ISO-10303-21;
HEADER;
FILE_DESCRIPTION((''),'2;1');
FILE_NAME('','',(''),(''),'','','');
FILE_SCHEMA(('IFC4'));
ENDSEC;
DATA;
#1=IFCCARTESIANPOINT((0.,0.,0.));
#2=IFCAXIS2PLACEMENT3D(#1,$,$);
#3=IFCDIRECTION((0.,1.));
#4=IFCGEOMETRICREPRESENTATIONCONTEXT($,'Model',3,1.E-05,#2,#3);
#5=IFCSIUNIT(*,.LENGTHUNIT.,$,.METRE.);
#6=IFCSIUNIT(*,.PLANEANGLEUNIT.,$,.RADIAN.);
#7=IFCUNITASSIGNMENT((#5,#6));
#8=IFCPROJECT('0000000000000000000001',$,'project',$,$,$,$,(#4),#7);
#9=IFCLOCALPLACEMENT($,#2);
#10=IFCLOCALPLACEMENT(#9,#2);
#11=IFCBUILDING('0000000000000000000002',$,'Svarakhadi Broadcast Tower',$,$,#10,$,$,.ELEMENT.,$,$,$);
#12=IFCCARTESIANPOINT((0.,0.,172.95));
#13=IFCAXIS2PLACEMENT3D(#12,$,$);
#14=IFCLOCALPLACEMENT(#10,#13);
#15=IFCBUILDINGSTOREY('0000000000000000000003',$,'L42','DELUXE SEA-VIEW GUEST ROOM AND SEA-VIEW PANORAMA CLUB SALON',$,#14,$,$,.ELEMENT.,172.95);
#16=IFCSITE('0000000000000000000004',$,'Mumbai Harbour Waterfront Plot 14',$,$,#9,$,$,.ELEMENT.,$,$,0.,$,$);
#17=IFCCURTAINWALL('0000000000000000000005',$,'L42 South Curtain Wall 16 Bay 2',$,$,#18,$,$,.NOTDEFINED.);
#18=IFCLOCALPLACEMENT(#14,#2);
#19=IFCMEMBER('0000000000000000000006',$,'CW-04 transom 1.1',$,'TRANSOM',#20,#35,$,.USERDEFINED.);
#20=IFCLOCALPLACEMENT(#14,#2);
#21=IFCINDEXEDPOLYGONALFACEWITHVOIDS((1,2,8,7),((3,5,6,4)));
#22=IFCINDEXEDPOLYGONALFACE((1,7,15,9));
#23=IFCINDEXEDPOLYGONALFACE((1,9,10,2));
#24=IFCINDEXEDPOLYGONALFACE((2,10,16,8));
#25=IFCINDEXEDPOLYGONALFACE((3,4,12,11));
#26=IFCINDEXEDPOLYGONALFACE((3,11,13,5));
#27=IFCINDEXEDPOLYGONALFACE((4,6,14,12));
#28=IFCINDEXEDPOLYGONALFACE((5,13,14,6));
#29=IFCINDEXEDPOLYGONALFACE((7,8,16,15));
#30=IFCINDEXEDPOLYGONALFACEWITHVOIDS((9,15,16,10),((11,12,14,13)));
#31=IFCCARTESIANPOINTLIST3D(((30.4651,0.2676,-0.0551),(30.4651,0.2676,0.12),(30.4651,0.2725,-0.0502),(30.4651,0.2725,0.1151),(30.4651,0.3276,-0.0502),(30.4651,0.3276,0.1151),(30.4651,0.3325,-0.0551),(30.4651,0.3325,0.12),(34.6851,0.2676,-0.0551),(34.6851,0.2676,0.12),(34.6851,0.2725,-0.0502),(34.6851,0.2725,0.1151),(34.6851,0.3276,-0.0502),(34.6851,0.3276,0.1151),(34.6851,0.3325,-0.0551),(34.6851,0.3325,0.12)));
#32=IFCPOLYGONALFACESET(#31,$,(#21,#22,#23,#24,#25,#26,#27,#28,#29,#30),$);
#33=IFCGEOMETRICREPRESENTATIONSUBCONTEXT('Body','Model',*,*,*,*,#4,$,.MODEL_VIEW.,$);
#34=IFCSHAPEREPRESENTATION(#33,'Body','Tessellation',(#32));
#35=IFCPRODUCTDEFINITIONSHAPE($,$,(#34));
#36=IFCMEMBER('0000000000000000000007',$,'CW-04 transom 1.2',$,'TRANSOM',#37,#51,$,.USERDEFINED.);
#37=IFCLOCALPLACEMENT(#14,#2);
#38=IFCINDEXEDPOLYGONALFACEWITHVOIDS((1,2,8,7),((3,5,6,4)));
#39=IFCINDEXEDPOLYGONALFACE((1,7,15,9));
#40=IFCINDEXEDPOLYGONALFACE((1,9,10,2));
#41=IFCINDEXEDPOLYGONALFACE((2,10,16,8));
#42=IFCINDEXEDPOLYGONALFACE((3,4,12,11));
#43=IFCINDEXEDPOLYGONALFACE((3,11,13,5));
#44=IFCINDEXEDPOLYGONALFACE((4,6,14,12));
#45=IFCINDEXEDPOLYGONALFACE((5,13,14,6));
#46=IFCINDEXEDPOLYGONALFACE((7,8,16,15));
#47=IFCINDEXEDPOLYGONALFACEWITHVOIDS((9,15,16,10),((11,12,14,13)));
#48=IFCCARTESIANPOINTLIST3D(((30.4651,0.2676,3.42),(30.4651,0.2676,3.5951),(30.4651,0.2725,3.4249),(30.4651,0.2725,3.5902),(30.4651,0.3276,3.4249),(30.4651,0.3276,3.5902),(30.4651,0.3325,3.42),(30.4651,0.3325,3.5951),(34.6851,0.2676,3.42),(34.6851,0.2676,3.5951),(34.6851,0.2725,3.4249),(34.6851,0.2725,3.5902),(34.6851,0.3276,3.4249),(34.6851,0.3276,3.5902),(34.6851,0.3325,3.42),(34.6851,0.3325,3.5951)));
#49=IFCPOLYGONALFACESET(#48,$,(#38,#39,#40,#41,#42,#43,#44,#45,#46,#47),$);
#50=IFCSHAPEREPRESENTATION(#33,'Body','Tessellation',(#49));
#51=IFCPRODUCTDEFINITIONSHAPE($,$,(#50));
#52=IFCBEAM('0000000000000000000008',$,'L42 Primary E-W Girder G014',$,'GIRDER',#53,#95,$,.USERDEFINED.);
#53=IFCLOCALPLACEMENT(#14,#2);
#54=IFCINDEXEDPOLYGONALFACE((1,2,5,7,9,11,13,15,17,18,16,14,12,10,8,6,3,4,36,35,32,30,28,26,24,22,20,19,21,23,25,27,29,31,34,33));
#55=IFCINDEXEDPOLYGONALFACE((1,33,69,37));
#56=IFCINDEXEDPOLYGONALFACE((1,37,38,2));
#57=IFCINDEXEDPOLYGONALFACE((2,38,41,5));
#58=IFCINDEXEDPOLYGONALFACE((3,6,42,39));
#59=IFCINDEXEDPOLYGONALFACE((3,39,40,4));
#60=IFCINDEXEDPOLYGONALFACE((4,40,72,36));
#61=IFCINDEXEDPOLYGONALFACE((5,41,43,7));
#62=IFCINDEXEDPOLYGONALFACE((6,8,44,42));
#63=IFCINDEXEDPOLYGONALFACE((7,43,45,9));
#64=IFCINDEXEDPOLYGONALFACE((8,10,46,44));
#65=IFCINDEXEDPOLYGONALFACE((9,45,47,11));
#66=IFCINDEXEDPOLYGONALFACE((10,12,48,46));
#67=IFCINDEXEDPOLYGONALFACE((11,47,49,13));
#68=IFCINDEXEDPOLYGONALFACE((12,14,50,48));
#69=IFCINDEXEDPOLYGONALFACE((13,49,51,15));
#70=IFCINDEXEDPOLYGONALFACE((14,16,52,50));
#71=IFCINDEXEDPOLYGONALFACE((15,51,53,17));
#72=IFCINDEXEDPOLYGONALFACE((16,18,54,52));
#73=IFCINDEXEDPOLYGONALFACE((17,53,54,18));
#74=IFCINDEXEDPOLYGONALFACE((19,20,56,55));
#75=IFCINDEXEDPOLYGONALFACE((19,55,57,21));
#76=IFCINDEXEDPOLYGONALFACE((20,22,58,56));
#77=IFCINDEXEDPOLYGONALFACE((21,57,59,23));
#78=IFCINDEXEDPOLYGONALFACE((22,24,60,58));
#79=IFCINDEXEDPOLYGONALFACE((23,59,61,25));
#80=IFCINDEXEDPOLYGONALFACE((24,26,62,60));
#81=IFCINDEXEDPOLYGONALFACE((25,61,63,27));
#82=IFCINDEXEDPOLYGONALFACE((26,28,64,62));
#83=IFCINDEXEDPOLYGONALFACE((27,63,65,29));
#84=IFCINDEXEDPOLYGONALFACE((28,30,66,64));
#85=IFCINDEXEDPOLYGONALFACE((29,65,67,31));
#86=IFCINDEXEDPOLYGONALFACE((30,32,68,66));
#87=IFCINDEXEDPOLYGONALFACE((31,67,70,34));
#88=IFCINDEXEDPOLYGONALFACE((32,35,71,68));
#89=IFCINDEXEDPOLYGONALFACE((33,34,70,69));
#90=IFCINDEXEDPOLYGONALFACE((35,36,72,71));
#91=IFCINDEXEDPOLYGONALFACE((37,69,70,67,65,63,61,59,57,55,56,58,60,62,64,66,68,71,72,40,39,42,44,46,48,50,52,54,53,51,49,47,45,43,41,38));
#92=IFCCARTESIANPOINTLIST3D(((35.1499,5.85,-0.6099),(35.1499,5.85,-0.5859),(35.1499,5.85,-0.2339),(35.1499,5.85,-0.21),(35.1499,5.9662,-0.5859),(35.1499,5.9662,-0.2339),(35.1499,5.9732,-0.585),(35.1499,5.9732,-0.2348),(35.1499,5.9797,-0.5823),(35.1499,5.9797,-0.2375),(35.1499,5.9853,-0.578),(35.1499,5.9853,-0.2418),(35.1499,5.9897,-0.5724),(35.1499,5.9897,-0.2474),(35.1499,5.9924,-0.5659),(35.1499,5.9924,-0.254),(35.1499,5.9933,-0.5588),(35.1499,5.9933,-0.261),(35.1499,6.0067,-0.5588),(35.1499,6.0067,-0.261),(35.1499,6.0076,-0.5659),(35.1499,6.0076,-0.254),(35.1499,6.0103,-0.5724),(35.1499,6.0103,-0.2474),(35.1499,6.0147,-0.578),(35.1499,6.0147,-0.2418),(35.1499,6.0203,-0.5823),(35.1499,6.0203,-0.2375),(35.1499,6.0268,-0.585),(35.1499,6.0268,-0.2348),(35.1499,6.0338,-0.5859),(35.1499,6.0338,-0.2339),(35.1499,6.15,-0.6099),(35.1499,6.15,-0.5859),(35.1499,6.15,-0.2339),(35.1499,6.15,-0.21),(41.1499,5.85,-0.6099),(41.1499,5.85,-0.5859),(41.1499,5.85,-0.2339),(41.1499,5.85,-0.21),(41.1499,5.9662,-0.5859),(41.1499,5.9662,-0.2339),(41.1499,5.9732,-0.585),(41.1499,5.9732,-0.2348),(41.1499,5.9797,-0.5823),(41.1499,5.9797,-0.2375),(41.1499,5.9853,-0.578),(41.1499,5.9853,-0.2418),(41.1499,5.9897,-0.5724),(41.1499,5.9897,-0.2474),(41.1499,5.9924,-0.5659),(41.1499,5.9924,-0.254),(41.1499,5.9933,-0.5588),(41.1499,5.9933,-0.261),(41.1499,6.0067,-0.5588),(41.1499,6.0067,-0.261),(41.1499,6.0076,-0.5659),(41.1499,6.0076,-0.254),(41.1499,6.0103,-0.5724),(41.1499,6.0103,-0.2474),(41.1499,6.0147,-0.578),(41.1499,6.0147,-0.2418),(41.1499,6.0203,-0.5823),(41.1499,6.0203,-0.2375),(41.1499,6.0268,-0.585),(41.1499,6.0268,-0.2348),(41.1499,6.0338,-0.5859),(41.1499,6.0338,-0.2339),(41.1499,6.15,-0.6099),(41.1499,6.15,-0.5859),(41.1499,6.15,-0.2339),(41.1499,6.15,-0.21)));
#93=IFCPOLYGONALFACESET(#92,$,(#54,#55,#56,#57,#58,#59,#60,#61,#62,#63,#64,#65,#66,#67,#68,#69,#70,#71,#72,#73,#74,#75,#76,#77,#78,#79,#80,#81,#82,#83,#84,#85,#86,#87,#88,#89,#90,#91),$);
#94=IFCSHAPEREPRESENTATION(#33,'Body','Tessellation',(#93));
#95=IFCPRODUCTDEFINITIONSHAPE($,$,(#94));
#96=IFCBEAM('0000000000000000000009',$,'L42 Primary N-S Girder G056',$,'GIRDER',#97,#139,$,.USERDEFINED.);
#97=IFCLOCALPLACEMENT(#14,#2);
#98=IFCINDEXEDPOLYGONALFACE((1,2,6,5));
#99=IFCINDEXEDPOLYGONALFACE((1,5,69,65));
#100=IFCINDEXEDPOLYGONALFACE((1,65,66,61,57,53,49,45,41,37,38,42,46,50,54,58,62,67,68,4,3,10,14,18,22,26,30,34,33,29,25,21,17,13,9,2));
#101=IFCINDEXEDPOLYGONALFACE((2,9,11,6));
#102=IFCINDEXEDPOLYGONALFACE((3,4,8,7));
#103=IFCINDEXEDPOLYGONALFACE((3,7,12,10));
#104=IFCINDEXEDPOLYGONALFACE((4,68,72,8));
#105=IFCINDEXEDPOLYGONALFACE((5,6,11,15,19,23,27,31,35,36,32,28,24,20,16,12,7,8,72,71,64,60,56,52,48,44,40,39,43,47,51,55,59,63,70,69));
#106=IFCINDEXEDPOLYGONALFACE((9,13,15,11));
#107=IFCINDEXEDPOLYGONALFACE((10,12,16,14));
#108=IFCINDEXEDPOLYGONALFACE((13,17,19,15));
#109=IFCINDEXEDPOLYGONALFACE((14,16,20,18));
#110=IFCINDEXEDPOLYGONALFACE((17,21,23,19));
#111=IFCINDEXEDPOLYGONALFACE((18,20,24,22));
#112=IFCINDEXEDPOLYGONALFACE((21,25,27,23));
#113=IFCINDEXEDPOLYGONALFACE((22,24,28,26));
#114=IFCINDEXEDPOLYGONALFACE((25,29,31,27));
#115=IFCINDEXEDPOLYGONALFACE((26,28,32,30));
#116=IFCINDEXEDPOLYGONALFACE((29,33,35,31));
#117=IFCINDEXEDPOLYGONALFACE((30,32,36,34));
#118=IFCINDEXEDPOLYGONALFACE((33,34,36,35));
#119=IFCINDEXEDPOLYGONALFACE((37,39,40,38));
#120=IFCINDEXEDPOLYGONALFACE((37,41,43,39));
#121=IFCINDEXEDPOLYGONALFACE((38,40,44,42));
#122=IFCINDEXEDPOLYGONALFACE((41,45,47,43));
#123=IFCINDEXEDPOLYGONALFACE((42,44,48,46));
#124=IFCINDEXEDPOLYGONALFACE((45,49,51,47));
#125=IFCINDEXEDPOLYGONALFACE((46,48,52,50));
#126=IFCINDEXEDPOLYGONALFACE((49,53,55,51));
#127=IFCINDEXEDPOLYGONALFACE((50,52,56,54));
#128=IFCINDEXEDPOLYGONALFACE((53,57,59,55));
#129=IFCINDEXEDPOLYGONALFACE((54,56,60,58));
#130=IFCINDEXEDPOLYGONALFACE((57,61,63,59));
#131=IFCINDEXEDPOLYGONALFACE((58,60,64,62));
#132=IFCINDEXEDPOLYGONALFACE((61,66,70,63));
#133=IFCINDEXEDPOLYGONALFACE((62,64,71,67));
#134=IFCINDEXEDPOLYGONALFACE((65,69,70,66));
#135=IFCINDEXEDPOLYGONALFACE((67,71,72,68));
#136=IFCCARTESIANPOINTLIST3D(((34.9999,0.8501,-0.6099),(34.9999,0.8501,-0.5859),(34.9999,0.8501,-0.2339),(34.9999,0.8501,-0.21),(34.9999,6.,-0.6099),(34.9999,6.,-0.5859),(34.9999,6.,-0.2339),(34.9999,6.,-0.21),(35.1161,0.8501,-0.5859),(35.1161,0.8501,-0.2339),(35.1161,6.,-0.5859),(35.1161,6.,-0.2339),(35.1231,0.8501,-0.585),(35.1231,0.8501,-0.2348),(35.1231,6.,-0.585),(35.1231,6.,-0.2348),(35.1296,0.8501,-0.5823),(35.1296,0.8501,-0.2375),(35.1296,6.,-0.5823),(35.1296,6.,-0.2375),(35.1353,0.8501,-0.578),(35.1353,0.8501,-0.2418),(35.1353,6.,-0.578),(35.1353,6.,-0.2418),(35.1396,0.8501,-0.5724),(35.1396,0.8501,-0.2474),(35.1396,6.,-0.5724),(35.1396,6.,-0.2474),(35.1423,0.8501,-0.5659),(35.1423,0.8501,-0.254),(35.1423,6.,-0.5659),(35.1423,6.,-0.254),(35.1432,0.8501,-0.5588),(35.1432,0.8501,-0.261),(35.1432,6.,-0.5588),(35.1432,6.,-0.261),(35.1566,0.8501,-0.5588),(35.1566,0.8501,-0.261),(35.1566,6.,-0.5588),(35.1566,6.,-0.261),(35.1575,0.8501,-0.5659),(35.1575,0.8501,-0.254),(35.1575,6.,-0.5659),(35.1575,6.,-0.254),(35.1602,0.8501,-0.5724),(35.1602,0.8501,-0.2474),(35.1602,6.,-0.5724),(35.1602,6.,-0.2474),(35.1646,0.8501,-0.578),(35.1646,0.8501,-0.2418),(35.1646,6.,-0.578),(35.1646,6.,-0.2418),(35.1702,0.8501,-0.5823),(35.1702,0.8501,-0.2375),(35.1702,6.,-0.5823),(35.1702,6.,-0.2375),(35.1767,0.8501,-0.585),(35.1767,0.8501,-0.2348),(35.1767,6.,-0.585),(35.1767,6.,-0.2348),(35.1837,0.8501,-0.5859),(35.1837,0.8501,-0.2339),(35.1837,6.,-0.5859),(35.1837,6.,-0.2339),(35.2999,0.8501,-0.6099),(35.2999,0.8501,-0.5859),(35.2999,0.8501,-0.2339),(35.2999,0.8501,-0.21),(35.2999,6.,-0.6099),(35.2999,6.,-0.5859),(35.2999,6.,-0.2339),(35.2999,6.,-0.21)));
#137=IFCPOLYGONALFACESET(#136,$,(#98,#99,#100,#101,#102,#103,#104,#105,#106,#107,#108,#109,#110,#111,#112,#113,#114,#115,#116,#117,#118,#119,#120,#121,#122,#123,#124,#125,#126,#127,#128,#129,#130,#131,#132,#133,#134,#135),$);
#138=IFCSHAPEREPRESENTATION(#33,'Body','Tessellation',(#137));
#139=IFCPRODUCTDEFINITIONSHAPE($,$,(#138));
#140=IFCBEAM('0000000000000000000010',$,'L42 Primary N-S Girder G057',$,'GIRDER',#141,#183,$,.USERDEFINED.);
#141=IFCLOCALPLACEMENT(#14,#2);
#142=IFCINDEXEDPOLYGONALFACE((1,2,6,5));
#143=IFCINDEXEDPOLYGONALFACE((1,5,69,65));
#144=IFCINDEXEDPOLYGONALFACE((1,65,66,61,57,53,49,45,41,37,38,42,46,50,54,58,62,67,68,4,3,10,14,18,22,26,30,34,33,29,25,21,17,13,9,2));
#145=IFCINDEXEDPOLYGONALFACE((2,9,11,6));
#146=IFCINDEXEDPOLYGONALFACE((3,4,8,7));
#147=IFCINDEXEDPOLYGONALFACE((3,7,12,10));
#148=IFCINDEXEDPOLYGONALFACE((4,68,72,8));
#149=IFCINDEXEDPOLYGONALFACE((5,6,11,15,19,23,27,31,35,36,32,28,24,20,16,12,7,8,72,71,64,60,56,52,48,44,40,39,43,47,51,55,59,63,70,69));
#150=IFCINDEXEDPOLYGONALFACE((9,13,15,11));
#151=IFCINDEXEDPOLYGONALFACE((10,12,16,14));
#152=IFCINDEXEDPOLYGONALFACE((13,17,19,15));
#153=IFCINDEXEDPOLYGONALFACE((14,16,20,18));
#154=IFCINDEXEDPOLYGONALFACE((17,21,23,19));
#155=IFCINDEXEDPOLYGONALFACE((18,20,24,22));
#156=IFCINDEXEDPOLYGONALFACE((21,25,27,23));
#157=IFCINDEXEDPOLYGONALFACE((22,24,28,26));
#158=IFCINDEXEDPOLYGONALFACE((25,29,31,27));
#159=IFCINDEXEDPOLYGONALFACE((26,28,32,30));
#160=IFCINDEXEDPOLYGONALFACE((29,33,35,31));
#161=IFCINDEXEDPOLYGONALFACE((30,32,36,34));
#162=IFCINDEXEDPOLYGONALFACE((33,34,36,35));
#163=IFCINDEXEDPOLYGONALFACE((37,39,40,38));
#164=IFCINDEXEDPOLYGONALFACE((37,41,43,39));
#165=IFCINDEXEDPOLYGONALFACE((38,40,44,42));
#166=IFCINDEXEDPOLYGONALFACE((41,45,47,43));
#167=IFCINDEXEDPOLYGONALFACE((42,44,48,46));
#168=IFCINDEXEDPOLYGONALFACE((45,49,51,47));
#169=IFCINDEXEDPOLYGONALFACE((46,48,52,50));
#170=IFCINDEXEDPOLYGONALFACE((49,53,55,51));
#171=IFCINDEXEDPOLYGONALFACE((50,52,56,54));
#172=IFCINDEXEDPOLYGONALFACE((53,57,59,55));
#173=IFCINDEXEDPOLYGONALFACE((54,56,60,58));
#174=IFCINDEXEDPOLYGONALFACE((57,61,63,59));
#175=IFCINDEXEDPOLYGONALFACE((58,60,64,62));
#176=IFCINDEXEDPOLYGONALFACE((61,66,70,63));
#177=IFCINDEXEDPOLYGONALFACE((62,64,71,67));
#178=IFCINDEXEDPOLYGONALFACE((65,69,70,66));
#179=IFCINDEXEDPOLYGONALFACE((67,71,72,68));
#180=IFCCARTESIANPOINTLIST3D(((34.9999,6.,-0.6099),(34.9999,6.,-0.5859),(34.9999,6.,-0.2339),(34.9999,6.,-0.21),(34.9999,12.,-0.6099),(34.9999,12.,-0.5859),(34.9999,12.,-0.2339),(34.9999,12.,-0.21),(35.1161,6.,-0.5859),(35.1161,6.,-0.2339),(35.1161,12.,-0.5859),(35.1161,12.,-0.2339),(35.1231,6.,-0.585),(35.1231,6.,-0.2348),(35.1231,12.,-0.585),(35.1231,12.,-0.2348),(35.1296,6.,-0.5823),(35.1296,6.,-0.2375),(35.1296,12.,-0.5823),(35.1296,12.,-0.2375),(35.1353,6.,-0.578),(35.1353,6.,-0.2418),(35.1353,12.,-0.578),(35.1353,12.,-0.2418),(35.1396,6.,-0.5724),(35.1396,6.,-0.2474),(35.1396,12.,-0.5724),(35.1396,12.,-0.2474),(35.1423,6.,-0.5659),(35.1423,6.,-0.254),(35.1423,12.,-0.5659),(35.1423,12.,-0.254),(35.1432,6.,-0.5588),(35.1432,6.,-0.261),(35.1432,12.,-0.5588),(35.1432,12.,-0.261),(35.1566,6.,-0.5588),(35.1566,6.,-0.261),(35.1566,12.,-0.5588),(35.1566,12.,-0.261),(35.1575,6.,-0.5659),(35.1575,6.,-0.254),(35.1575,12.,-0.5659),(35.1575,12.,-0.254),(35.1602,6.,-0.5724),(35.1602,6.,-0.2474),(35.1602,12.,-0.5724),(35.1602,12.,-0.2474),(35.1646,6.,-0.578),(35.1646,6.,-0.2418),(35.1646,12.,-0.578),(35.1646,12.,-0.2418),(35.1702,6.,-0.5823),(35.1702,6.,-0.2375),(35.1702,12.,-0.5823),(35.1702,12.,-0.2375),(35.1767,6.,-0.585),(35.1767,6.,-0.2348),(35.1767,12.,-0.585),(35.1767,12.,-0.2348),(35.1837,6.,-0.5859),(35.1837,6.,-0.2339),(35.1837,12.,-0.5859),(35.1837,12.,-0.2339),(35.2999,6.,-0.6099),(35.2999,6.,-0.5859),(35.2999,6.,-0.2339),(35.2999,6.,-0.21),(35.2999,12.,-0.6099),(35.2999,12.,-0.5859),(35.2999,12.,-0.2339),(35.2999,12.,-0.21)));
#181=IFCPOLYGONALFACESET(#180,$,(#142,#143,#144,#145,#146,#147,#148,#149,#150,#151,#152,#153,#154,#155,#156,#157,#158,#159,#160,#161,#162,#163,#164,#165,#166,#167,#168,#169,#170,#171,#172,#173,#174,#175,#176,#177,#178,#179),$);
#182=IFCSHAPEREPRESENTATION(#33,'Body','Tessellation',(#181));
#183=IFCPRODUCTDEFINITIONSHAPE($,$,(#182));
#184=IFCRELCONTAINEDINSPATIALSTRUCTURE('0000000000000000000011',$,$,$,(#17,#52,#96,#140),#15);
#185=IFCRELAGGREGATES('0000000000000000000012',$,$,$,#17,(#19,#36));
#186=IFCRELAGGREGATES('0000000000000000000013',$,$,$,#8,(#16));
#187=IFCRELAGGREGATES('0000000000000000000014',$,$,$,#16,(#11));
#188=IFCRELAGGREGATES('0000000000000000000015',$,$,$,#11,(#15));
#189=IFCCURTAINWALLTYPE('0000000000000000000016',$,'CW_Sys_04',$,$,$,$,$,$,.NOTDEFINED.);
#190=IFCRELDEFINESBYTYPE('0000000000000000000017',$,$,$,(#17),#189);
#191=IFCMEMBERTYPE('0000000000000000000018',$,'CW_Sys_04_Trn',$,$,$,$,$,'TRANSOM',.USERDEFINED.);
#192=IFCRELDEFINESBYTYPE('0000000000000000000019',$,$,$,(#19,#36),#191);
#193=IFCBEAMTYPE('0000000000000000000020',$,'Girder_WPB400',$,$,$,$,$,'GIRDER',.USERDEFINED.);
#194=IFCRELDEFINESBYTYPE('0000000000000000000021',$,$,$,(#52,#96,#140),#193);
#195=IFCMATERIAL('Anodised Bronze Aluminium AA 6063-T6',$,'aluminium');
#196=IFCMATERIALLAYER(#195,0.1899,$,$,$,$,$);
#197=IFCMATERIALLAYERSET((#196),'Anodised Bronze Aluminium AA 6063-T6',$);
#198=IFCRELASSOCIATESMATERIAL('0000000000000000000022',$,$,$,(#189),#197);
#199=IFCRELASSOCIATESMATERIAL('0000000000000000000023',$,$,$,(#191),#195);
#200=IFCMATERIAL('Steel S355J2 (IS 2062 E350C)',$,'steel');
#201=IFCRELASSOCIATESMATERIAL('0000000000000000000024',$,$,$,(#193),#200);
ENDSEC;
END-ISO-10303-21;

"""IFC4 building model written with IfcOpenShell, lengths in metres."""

from ifc_helpers import new_model, si_unit, direction, frame, origin, origin_2d, place, context, subcontext, project, spatial, hollow_rectangle, i_section, extrude, material, layer, layer_set, material_profile, profile_set, type_object, element, aggregate, save


model = new_model("IFC4")

# Units and contexts
model_context = context("Model", 3, precision=1e-05, world=origin(), true_north=direction((0.0, 1.0)))
body_context = subcontext(model_context, "Body", "Model", "MODEL_VIEW")
ifc_project = project(units=[si_unit("LENGTHUNIT", "METRE"), si_unit("PLANEANGLEUNIT", "RADIAN")], contexts=[model_context])

# Site, building, storey
site_placement = place(None, origin())
site = spatial("IfcSite", under=ifc_project, at=site_placement, Name="Mumbai Harbour Waterfront Plot 14", CompositionType="ELEMENT", RefElevation=0.0)
building_placement = place(site_placement, origin())
building = spatial("IfcBuilding", under=site, at=building_placement, Name="Svarakhadi Broadcast Tower", CompositionType="ELEMENT")
storey_placement = place(building_placement, frame((0.0, 0.0, 172.95)))
storey = spatial("IfcBuildingStorey", under=building, at=storey_placement, Name="L42", Description="DELUXE SEA-VIEW GUEST ROOM AND SEA-VIEW PANORAMA CLUB SALON", CompositionType="ELEMENT", Elevation=172.95)

# Shared definitions
ifc_material_1 = material(Name="Steel S355J2 (IS 2062 E350C)", Category="steel")

# Shared definitions
ifc_material_2 = material(Name="Anodised Bronze Aluminium AA 6063-T6", Category="aluminium")
ifc_layer_1 = layer(ifc_material_2, 0.1899)
ifc_layer_set_1 = layer_set([ifc_layer_1], Name="Anodised Bronze Aluminium AA 6063-T6")
curtain_wall_type = type_object("IfcCurtainWallType", Name="CW_Sys_04", PredefinedType="NOTDEFINED", material=ifc_layer_set_1)

# Curtain wall, members
curtain_wall_1_placement = place(storey_placement, origin())
curtain_wall_1 = element("IfcCurtainWall", 1, at=curtain_wall_1_placement, inside=storey, type_object=curtain_wall_type, Name="L42 South Curtain Wall 16 Bay 2", PredefinedType="NOTDEFINED")
ifc_material_profile_1 = material_profile(ifc_material_2, hollow_rectangle(XDim=0.0649, YDim=0.175, WallThickness=0.0049, at=origin_2d()), Name="ALU TRANSOM 175x65x5")
ifc_profile_set_1 = profile_set([ifc_material_profile_1], Name="Anodised Bronze Aluminium AA 6063-T6")
member_type_1 = type_object("IfcMemberType", Name="CW_Sys_04_Trn", ElementType="TRANSOM", PredefinedType="USERDEFINED", material=ifc_profile_set_1)
member_1_placement = place(storey_placement, frame((34.6851, 0.3, 0.0325), z_axis=(-1.0, 0.0, 0.0), x_axis=(0.0, -1.0, 0.0)))
member_1 = element("IfcMember", 2, at=member_1_placement, type_object=member_type_1, Name="CW-04 transom 1.1", ObjectType="TRANSOM", PredefinedType="USERDEFINED", context=body_context, shape_type="SweptSolid", body=[
    extrude(hollow_rectangle(XDim=0.0649, YDim=0.175, WallThickness=0.0049, at=origin_2d()), origin(), (0.0, 0.0, 1.0), 4.22),
])
member_2_placement = place(storey_placement, frame((34.6851, 0.3, 3.5076), z_axis=(-1.0, 0.0, 0.0), x_axis=(0.0, -1.0, 0.0)))
member_2 = element("IfcMember", 3, at=member_2_placement, type_object=member_type_1, Name="CW-04 transom 1.2", ObjectType="TRANSOM", PredefinedType="USERDEFINED", context=body_context, shape_type="SweptSolid", body=[
    extrude(hollow_rectangle(XDim=0.0649, YDim=0.175, WallThickness=0.0049, at=origin_2d()), origin(), (0.0, 0.0, 1.0), 4.22),
])

# Beams
ifc_material_profile_2 = material_profile(ifc_material_1, i_section(OverallWidth=0.3, OverallDepth=0.3999, WebThickness=0.0134, FlangeThickness=0.0239, FilletRadius=0.0271, at=origin_2d()), Name="WPB 400x300x155")
ifc_profile_set_2 = profile_set([ifc_material_profile_2], Name="Steel S355J2 (IS 2062 E350C)")
beam_type_1 = type_object("IfcBeamType", Name="Girder_WPB400", ElementType="GIRDER", PredefinedType="USERDEFINED", material=ifc_profile_set_2)
beam_1_placement = place(storey_placement, frame((35.1499, 6.0, -0.4099), z_axis=(1.0, 0.0, 0.0), x_axis=(0.0, 1.0, 0.0)))
element("IfcBeam", 4, at=beam_1_placement, inside=storey, type_object=beam_type_1, Name="L42 Primary E-W Girder G014", ObjectType="GIRDER", PredefinedType="USERDEFINED", context=body_context, shape_type="SweptSolid", body=[
    extrude(i_section(OverallWidth=0.3, OverallDepth=0.3999, WebThickness=0.0134, FlangeThickness=0.0239, FilletRadius=0.0271, at=origin_2d()), origin(), (0.0, 0.0, 1.0), 6.0),
])
beam_2_placement = place(storey_placement, frame((35.1499, 0.8501, -0.4099), z_axis=(0.0, 1.0, 0.0), x_axis=(-1.0, 0.0, 0.0)))
element("IfcBeam", 5, at=beam_2_placement, inside=storey, type_object=beam_type_1, Name="L42 Primary N-S Girder G056", ObjectType="GIRDER", PredefinedType="USERDEFINED", context=body_context, shape_type="SweptSolid", body=[
    extrude(i_section(OverallWidth=0.3, OverallDepth=0.3999, WebThickness=0.0134, FlangeThickness=0.0239, FilletRadius=0.0271, at=origin_2d()), origin(), (0.0, 0.0, 1.0), 5.1499),
])
beam_3_placement = place(storey_placement, frame((35.1499, 6.0, -0.4099), z_axis=(0.0, 1.0, 0.0), x_axis=(-1.0, 0.0, 0.0)))
element("IfcBeam", 6, at=beam_3_placement, inside=storey, type_object=beam_type_1, Name="L42 Primary N-S Girder G057", ObjectType="GIRDER", PredefinedType="USERDEFINED", context=body_context, shape_type="SweptSolid", body=[
    extrude(i_section(OverallWidth=0.3, OverallDepth=0.3999, WebThickness=0.0134, FlangeThickness=0.0239, FilletRadius=0.0271, at=origin_2d()), origin(), (0.0, 0.0, 1.0), 6.0),
])

aggregate(curtain_wall_1, [member_1, member_2])

save(model, "model.ifc")
